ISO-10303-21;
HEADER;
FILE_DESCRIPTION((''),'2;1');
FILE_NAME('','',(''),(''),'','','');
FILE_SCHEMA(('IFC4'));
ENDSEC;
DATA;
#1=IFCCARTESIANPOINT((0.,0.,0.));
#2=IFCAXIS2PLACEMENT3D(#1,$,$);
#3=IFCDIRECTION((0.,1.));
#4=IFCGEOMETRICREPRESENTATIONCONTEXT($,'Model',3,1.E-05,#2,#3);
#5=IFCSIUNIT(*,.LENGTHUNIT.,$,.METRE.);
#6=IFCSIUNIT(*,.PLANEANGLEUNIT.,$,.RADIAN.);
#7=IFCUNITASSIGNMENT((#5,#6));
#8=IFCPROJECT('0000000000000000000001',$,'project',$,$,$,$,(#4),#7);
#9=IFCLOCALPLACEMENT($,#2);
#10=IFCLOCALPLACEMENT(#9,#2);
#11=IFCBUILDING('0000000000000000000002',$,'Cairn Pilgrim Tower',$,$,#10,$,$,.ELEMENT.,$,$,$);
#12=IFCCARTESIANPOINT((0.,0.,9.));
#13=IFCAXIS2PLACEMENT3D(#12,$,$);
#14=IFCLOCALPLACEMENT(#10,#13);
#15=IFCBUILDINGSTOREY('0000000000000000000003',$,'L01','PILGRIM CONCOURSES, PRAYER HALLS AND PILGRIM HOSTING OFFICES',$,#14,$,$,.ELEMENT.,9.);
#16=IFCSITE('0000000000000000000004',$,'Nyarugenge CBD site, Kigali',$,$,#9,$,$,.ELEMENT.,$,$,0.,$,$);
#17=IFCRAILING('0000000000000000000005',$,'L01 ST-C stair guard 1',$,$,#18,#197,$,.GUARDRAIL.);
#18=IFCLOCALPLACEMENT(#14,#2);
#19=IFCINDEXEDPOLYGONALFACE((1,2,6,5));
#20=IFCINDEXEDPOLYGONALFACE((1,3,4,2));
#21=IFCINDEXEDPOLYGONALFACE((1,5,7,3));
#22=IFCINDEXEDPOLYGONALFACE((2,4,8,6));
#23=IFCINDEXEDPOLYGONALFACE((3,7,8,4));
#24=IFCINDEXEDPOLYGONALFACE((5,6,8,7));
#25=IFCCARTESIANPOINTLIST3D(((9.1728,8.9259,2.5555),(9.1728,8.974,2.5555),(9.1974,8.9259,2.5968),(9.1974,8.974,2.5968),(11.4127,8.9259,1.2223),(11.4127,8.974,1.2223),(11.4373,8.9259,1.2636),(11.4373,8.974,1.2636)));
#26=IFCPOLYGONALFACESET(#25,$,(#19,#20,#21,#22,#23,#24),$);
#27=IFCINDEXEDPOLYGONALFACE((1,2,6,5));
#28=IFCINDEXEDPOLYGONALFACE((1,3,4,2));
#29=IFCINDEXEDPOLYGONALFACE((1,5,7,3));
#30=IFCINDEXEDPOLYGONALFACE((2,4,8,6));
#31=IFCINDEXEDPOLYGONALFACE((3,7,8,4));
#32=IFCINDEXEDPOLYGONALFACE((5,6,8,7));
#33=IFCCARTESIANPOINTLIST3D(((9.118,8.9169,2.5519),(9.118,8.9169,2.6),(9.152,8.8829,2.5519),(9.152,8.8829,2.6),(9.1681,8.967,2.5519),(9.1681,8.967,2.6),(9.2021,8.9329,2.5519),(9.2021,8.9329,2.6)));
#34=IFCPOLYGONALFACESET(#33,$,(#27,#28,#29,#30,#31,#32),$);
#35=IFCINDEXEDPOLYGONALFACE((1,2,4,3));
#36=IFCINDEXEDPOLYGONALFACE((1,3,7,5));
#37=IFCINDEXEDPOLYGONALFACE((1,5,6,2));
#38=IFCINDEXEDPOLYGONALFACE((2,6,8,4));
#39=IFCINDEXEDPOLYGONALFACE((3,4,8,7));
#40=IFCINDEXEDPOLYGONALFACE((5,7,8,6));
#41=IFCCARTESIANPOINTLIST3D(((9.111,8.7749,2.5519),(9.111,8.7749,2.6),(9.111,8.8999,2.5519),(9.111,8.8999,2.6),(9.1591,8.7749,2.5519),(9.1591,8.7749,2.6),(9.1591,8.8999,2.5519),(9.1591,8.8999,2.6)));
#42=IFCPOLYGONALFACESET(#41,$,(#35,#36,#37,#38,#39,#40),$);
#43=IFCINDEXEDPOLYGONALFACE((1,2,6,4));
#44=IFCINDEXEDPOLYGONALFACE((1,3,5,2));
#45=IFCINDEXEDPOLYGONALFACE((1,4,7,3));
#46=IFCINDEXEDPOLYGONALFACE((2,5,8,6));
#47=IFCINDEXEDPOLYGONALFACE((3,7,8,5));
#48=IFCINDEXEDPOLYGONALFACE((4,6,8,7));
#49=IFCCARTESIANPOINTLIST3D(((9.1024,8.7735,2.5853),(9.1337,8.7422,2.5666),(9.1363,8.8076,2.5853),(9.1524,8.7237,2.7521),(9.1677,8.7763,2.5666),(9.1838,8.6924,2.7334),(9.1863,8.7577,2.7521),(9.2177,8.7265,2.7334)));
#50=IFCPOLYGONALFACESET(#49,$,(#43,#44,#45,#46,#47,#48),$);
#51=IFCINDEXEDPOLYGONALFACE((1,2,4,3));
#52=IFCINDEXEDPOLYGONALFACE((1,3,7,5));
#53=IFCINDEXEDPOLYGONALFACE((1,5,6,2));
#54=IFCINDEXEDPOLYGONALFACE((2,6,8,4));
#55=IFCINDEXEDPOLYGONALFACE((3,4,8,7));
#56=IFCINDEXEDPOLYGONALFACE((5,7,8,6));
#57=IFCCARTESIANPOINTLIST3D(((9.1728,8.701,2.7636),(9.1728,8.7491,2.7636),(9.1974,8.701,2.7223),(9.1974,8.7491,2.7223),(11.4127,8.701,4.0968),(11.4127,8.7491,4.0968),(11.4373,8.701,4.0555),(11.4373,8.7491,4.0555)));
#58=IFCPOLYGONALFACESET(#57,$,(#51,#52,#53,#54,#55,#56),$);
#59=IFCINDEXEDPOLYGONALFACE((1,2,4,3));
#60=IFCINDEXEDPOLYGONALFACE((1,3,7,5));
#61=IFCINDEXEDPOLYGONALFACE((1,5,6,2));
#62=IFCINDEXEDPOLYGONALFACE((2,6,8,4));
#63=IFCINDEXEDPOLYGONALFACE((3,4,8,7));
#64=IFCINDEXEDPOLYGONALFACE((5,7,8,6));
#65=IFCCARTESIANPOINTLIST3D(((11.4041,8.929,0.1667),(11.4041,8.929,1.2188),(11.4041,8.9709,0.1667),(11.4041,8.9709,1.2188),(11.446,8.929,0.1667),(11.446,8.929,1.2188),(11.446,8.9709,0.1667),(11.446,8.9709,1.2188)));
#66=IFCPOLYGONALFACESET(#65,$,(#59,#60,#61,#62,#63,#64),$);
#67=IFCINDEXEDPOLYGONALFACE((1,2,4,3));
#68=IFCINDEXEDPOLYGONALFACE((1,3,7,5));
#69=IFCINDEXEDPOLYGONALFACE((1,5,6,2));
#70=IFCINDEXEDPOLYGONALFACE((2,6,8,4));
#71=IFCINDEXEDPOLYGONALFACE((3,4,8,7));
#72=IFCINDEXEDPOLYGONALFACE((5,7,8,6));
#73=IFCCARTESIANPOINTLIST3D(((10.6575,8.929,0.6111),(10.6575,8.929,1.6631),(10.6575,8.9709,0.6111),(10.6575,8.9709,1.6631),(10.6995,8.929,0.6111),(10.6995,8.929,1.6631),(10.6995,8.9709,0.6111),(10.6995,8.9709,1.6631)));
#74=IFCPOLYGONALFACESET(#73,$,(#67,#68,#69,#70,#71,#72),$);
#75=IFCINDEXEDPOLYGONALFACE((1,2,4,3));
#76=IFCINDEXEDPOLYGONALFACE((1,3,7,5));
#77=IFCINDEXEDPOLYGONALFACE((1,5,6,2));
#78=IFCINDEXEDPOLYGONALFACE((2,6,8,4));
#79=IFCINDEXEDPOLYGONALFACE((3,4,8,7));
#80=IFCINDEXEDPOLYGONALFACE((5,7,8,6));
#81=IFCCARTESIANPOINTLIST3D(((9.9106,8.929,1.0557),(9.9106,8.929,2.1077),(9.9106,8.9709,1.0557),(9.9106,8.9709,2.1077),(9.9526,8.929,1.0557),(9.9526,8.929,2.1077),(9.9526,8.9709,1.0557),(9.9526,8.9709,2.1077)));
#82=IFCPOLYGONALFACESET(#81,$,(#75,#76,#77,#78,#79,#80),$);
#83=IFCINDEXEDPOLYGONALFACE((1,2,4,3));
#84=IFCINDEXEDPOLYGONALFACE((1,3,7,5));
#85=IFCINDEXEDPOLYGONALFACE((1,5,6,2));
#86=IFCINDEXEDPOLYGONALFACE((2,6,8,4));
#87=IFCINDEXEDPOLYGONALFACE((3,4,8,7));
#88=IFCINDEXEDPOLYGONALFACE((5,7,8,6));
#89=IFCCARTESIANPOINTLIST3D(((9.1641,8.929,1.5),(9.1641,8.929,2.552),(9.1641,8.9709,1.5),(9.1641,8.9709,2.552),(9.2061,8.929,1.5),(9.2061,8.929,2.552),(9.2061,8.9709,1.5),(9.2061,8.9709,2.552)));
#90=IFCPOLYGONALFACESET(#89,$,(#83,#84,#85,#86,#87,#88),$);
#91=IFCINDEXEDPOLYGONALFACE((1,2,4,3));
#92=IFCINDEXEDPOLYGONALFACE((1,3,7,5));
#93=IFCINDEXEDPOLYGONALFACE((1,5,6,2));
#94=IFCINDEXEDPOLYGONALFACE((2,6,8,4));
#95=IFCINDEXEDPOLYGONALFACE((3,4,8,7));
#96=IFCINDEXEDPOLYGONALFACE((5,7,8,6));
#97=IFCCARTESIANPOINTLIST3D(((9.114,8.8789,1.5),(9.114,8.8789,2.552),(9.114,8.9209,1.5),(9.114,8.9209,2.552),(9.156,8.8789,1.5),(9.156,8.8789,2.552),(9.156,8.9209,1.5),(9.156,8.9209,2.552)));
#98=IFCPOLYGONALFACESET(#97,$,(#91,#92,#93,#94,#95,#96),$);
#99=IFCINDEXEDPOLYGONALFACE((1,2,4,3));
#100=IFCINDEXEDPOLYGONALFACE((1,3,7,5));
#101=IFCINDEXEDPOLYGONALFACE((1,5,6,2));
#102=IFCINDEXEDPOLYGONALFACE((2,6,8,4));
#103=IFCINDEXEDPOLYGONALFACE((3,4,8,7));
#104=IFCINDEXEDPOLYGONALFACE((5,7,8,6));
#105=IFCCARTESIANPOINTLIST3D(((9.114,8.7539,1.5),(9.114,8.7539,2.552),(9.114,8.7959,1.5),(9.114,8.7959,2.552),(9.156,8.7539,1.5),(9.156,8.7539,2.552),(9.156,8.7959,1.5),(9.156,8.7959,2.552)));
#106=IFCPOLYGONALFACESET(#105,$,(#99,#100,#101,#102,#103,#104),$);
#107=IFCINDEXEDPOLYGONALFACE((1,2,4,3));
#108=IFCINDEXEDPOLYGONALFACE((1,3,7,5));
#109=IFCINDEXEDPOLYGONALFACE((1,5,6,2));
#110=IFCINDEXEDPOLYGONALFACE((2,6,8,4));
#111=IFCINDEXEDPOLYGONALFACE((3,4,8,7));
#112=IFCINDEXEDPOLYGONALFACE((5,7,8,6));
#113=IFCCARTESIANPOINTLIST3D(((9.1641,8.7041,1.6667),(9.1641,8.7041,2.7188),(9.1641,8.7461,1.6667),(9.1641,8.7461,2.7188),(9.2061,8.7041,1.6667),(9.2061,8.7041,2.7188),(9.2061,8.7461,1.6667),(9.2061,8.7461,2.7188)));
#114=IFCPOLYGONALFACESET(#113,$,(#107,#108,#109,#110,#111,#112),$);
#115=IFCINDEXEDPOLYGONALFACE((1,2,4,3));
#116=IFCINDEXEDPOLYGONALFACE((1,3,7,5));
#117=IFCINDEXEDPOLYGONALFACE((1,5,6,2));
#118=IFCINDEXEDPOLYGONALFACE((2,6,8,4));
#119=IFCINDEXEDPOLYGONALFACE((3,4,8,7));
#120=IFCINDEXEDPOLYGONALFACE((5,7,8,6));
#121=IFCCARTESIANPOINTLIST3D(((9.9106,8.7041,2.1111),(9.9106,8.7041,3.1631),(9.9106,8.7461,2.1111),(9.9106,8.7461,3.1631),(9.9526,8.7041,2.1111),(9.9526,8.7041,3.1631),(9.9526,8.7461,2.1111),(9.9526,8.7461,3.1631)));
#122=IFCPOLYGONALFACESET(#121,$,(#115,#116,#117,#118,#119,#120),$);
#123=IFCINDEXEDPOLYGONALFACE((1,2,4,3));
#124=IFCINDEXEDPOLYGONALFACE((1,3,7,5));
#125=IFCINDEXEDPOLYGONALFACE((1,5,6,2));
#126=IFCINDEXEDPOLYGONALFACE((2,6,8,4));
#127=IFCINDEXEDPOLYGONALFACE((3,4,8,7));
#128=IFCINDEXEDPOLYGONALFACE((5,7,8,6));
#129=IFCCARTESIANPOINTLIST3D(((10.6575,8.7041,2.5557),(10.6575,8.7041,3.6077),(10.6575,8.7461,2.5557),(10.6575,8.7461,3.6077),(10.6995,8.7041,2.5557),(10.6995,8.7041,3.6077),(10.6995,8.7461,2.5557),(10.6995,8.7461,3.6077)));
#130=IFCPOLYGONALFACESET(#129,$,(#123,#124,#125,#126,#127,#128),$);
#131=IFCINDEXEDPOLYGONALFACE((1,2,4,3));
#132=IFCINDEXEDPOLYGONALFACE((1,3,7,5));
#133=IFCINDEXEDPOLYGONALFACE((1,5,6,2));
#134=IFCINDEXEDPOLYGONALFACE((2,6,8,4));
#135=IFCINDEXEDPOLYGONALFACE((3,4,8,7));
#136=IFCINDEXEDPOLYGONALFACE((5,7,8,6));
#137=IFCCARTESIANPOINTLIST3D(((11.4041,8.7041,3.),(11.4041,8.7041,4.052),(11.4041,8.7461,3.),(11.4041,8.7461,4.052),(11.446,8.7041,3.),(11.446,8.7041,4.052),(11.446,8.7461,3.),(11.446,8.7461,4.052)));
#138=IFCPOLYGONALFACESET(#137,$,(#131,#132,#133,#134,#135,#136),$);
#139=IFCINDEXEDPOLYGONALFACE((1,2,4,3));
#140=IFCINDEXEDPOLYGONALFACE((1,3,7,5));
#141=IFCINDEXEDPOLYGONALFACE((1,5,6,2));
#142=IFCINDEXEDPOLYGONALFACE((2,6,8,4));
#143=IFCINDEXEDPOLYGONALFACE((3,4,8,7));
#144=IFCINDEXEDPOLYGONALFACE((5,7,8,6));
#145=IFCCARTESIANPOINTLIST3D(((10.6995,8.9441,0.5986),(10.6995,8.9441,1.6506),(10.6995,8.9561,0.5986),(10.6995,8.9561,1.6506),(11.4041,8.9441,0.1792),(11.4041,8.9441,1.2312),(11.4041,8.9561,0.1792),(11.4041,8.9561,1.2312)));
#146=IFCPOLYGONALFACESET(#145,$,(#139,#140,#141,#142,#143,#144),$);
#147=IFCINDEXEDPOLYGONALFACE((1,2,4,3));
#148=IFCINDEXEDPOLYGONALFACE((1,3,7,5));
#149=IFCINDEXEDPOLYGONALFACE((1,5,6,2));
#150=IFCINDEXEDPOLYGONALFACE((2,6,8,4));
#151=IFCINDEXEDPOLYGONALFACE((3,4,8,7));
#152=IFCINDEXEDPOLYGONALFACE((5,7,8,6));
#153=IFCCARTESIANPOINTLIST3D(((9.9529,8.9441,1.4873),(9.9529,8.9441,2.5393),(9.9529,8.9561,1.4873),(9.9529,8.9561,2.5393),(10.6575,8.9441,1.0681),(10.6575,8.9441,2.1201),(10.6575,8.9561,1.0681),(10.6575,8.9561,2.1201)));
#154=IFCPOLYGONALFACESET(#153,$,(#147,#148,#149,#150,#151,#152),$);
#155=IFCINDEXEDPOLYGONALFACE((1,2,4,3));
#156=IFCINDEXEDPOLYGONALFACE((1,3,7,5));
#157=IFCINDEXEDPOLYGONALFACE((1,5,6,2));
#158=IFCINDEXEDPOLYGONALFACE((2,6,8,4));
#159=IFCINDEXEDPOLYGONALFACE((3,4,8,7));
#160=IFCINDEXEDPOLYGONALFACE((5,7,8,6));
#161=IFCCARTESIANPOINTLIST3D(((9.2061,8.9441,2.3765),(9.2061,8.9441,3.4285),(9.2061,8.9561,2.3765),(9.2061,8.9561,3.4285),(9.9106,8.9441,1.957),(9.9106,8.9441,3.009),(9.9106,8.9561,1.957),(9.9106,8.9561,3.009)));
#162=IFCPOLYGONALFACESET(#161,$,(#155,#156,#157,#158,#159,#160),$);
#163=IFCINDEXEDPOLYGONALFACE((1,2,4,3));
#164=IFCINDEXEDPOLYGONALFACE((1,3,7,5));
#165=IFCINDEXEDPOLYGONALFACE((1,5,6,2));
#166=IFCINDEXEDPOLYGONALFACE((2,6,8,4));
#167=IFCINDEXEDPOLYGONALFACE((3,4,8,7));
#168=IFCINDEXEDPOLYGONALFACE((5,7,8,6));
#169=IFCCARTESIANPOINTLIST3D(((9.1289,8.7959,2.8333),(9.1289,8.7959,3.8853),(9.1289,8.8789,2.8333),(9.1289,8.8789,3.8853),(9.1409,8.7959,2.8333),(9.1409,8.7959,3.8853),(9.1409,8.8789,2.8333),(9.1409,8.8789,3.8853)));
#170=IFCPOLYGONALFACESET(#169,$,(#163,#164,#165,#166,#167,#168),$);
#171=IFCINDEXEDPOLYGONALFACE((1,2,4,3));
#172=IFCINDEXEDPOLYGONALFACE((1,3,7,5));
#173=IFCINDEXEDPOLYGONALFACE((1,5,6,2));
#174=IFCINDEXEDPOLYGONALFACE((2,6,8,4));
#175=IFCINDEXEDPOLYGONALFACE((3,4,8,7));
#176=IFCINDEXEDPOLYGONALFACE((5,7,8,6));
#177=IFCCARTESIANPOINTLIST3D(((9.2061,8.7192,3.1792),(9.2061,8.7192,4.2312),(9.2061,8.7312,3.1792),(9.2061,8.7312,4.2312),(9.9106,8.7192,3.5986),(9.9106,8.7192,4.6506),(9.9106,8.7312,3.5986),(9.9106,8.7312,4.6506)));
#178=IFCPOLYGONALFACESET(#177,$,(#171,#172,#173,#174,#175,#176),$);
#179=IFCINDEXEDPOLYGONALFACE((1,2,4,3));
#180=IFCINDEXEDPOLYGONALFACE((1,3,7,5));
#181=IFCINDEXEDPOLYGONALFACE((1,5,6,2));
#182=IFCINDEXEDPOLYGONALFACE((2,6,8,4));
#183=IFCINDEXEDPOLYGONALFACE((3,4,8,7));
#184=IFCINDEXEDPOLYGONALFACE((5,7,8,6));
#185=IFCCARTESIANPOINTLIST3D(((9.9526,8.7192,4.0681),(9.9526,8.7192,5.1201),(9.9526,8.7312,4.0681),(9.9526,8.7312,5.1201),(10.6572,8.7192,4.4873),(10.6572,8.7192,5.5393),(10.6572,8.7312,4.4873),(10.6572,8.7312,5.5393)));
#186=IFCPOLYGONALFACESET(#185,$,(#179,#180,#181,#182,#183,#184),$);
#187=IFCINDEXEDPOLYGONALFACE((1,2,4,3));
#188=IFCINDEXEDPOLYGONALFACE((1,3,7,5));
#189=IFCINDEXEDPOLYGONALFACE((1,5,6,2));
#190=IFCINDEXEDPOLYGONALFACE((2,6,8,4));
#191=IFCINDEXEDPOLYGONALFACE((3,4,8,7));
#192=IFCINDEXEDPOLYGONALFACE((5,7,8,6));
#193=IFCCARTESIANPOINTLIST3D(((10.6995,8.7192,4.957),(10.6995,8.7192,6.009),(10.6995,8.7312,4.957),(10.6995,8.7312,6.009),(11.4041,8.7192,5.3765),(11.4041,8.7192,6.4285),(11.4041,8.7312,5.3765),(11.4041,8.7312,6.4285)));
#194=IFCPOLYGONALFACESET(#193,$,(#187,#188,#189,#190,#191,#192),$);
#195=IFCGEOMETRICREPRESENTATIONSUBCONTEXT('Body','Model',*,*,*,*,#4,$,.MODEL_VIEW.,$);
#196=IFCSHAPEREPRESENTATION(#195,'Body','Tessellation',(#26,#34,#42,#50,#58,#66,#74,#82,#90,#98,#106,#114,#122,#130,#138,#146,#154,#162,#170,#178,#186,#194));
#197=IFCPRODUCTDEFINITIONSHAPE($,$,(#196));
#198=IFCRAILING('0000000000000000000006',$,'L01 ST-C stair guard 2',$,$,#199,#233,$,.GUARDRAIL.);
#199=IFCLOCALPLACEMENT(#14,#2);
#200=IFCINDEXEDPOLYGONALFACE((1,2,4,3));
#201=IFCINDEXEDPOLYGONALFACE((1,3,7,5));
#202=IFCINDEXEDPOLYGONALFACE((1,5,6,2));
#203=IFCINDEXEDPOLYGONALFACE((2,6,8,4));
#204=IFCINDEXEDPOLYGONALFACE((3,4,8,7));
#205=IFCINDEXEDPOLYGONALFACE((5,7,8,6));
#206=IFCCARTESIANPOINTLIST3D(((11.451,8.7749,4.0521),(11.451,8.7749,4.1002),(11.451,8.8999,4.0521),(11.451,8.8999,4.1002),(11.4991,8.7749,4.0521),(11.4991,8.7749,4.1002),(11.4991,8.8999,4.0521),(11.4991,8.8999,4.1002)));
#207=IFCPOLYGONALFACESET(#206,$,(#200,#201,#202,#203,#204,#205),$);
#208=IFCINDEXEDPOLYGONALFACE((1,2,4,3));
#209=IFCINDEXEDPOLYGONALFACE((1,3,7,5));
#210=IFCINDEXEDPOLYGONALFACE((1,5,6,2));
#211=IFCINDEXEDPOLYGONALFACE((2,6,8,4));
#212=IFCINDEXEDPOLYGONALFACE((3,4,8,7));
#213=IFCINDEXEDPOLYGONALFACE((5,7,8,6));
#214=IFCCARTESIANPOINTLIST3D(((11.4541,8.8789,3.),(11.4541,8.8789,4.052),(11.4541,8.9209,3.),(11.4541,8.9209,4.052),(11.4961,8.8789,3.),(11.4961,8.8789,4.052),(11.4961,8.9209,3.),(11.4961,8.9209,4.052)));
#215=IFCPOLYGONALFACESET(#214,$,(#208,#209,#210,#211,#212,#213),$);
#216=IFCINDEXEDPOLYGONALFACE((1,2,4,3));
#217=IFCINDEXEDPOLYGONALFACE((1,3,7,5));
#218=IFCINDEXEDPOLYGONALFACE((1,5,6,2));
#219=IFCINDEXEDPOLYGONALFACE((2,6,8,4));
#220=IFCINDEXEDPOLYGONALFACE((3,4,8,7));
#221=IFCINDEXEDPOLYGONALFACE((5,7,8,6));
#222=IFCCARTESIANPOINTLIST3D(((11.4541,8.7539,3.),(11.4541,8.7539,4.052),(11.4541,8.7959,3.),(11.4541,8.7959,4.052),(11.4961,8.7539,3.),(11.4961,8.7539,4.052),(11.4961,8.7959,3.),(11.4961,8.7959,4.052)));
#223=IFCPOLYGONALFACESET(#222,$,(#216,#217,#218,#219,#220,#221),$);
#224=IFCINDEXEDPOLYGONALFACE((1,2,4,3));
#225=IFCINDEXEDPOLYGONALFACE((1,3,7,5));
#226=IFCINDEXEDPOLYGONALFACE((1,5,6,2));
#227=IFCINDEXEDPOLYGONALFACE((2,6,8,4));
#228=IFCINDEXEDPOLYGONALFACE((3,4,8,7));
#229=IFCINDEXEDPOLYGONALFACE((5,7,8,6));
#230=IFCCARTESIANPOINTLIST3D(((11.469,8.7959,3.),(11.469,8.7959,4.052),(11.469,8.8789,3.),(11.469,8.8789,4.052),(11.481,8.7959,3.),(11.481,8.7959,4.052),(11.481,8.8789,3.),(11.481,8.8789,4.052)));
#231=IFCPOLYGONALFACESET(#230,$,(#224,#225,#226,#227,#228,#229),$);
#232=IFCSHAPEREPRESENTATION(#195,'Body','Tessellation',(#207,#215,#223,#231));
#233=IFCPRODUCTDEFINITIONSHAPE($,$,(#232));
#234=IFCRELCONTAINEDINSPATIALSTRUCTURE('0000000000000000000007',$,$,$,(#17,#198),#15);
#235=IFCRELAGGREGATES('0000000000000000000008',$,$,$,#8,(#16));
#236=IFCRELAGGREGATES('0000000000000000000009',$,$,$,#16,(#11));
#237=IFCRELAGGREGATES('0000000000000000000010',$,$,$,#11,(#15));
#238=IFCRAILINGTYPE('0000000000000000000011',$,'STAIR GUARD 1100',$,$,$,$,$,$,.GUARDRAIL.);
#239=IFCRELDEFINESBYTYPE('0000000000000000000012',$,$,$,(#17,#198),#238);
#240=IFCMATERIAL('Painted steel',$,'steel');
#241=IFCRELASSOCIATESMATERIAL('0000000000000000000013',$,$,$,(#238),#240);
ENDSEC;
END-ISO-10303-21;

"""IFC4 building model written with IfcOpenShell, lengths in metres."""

from ifc_helpers import new_model, si_unit, direction, frame, origin, origin_2d, place, context, subcontext, project, spatial, polyline, rectangle, outline, extrude, material, type_object, element, save


model = new_model("IFC4")

# Units and contexts
model_context = context("Model", 3, precision=1e-05, world=origin(), true_north=direction((0.0, 1.0)))
body_context = subcontext(model_context, "Body", "Model", "MODEL_VIEW")
ifc_project = project(units=[si_unit("LENGTHUNIT", "METRE"), si_unit("PLANEANGLEUNIT", "RADIAN")], contexts=[model_context])

# Site, building, storey
site_placement = place(None, origin())
site = spatial("IfcSite", under=ifc_project, at=site_placement, Name="Nyarugenge CBD site, Kigali", CompositionType="ELEMENT", RefElevation=0.0)
building_placement = place(site_placement, origin())
building = spatial("IfcBuilding", under=site, at=building_placement, Name="Cairn Pilgrim Tower", CompositionType="ELEMENT")
storey_placement = place(building_placement, frame((0.0, 0.0, 9.0)))
storey = spatial("IfcBuildingStorey", under=building, at=storey_placement, Name="L01", Description="PILGRIM CONCOURSES, PRAYER HALLS AND PILGRIM HOSTING OFFICES", CompositionType="ELEMENT", Elevation=9.0)

# Shared definitions
ifc_material_1 = material(Name="Painted steel", Category="steel")

# Railings
railing_type_1 = type_object("IfcRailingType", Name="STAIR GUARD 1100", PredefinedType="GUARDRAIL", material=ifc_material_1)
railing_1_placement = place(storey_placement, frame((11.425, 8.95, 0.1667)))
element("IfcRailing", 1, at=railing_1_placement, inside=storey, type_object=railing_type_1, Name="L01 ST-C stair guard 1", PredefinedType="GUARDRAIL", context=body_context, shape_type="SweptSolid", body=[
    extrude(rectangle(XDim=0.0481, YDim=0.0481, at=origin_2d()), frame((0.0, 0.0, 1.0762), z_axis=(-0.859306, 0.0, 0.511462), x_axis=(0.0, -1.0, 0.0)), (0.0, 0.0, 1.0), 2.6067),
    extrude(rectangle(XDim=0.0481, YDim=0.0481, at=origin_2d()), frame((-2.24, 0.0, 2.4092), z_axis=(-0.707107, -0.707107, 0.0), x_axis=(0.707107, -0.707107, 0.0)), (0.0, 0.0, 1.0), 0.0708),
    extrude(rectangle(XDim=0.0481, YDim=0.0481, at=origin_2d()), frame((-2.29, -0.05, 2.4092), z_axis=(0.0, -1.0, 0.0), x_axis=(1.0, 0.0, 0.0)), (0.0, 0.0, 1.0), 0.125),
    extrude(rectangle(XDim=0.0481, YDim=0.0481, at=origin_2d()), frame((-2.29, -0.175, 2.4092), z_axis=(0.276389, -0.275041, 0.920848), x_axis=(0.705376, 0.708834, 0.0)), (0.0, 0.0, 1.0), 0.1812),
    extrude(rectangle(XDim=0.0481, YDim=0.0481, at=origin_2d()), frame((-2.24, -0.2249, 2.5762), z_axis=(0.859306, 0.0, 0.511462), x_axis=(0.0, 1.0, 0.0)), (0.0, 0.0, 1.0), 2.6067),
    extrude(rectangle(XDim=0.042, YDim=0.042, at=origin_2d()), origin(), (0.0, 0.0, 1.0), 1.052),
    extrude(rectangle(XDim=0.042, YDim=0.042, at=origin_2d()), frame((-0.7466, 0.0, 0.4443)), (0.0, 0.0, 1.0), 1.052),
    extrude(rectangle(XDim=0.042, YDim=0.042, at=origin_2d()), frame((-1.4934, 0.0, 0.8889)), (0.0, 0.0, 1.0), 1.052),
    extrude(rectangle(XDim=0.042, YDim=0.042, at=origin_2d()), frame((-2.24, 0.0, 1.3333)), (0.0, 0.0, 1.0), 1.052),
    extrude(rectangle(XDim=0.042, YDim=0.042, at=origin_2d()), frame((-2.29, -0.05, 1.3333)), (0.0, 0.0, 1.0), 1.052),
    extrude(rectangle(XDim=0.042, YDim=0.042, at=origin_2d()), frame((-2.29, -0.175, 1.3333)), (0.0, 0.0, 1.0), 1.052),
    extrude(rectangle(XDim=0.042, YDim=0.042, at=origin_2d()), frame((-2.24, -0.2249, 1.5)), (0.0, 0.0, 1.0), 1.052),
    extrude(rectangle(XDim=0.042, YDim=0.042, at=origin_2d()), frame((-1.4934, -0.2249, 1.9443)), (0.0, 0.0, 1.0), 1.052),
    extrude(rectangle(XDim=0.042, YDim=0.042, at=origin_2d()), frame((-0.7466, -0.2249, 2.3889)), (0.0, 0.0, 1.0), 1.052),
    extrude(rectangle(XDim=0.042, YDim=0.042, at=origin_2d()), frame((0.0, -0.2249, 2.8333)), (0.0, 0.0, 1.0), 1.052),
    extrude(outline(polyline([(0.021, 0.0125), (0.7256, 0.4319), (0.7256, 1.4839), (0.021, 1.0645), (0.021, 0.0125)])), frame((0.0, -0.0059, 0.0), z_axis=(0.0, 1.0, 0.0), x_axis=(-1.0, 0.0, 0.0)), (0.0, 0.0, 1.0), 0.012),
    extrude(outline(polyline([(0.021, 0.457), (0.7256, 0.8762), (0.7256, 1.9282), (0.021, 1.509), (0.021, 0.457)])), frame((-0.7466, -0.0059, 0.4443), z_axis=(0.0, 1.0, 0.0), x_axis=(-1.0, 0.0, 0.0)), (0.0, 0.0, 1.0), 0.012),
    extrude(outline(polyline([(0.021, 0.9014), (0.7256, 1.3208), (0.7256, 2.3728), (0.021, 1.9534), (0.021, 0.9014)])), frame((-1.4934, -0.0059, 0.8889), z_axis=(0.0, 1.0, 0.0), x_axis=(-1.0, 0.0, 0.0)), (0.0, 0.0, 1.0), 0.012),
    extrude(outline(polyline([(0.021, 1.3333), (0.104, 1.3333), (0.104, 2.3853), (0.021, 2.3853), (0.021, 1.3333)])), frame((-2.2842, -0.05, 1.3333), z_axis=(-1.0, 0.0, 0.0), x_axis=(0.0, -1.0, 0.0)), (0.0, 0.0, 1.0), 0.012),
    extrude(outline(polyline([(0.021, 1.5125), (0.7256, 1.9319), (0.7256, 2.9839), (0.021, 2.5645), (0.021, 1.5125)])), frame((-2.24, -0.2188, 1.5), z_axis=(0.0, -1.0, 0.0), x_axis=(1.0, 0.0, 0.0)), (0.0, 0.0, 1.0), 0.012),
    extrude(outline(polyline([(0.021, 1.957), (0.7256, 2.3762), (0.7256, 3.4282), (0.021, 3.009), (0.021, 1.957)])), frame((-1.4934, -0.2188, 1.9443), z_axis=(0.0, -1.0, 0.0), x_axis=(1.0, 0.0, 0.0)), (0.0, 0.0, 1.0), 0.012),
    extrude(outline(polyline([(0.021, 2.4014), (0.7256, 2.8208), (0.7256, 3.8728), (0.021, 3.4534), (0.021, 2.4014)])), frame((-0.7466, -0.2188, 2.3889), z_axis=(0.0, -1.0, 0.0), x_axis=(1.0, 0.0, 0.0)), (0.0, 0.0, 1.0), 0.012),
])
railing_2_placement = place(storey_placement, frame((11.4751, 8.8999, 3.0)))
element("IfcRailing", 2, at=railing_2_placement, inside=storey, type_object=railing_type_1, Name="L01 ST-C stair guard 2", PredefinedType="GUARDRAIL", context=body_context, shape_type="SweptSolid", body=[
    extrude(rectangle(XDim=0.0481, YDim=0.0481, at=origin_2d()), frame((0.0, 0.0, 1.0762), z_axis=(0.0, -1.0, 0.0), x_axis=(1.0, 0.0, 0.0)), (0.0, 0.0, 1.0), 0.125),
    extrude(rectangle(XDim=0.042, YDim=0.042, at=origin_2d()), origin(), (0.0, 0.0, 1.0), 1.052),
    extrude(rectangle(XDim=0.042, YDim=0.042, at=origin_2d()), frame((0.0, -0.125, 0.0)), (0.0, 0.0, 1.0), 1.052),
    extrude(outline(polyline([(0.021, 0.0), (0.104, 0.0), (0.104, 1.052), (0.021, 1.052), (0.021, 0.0)])), frame((0.0059, 0.0, 0.0), z_axis=(-1.0, 0.0, 0.0), x_axis=(0.0, -1.0, 0.0)), (0.0, 0.0, 1.0), 0.012),
])

save(model, "model.ifc")
